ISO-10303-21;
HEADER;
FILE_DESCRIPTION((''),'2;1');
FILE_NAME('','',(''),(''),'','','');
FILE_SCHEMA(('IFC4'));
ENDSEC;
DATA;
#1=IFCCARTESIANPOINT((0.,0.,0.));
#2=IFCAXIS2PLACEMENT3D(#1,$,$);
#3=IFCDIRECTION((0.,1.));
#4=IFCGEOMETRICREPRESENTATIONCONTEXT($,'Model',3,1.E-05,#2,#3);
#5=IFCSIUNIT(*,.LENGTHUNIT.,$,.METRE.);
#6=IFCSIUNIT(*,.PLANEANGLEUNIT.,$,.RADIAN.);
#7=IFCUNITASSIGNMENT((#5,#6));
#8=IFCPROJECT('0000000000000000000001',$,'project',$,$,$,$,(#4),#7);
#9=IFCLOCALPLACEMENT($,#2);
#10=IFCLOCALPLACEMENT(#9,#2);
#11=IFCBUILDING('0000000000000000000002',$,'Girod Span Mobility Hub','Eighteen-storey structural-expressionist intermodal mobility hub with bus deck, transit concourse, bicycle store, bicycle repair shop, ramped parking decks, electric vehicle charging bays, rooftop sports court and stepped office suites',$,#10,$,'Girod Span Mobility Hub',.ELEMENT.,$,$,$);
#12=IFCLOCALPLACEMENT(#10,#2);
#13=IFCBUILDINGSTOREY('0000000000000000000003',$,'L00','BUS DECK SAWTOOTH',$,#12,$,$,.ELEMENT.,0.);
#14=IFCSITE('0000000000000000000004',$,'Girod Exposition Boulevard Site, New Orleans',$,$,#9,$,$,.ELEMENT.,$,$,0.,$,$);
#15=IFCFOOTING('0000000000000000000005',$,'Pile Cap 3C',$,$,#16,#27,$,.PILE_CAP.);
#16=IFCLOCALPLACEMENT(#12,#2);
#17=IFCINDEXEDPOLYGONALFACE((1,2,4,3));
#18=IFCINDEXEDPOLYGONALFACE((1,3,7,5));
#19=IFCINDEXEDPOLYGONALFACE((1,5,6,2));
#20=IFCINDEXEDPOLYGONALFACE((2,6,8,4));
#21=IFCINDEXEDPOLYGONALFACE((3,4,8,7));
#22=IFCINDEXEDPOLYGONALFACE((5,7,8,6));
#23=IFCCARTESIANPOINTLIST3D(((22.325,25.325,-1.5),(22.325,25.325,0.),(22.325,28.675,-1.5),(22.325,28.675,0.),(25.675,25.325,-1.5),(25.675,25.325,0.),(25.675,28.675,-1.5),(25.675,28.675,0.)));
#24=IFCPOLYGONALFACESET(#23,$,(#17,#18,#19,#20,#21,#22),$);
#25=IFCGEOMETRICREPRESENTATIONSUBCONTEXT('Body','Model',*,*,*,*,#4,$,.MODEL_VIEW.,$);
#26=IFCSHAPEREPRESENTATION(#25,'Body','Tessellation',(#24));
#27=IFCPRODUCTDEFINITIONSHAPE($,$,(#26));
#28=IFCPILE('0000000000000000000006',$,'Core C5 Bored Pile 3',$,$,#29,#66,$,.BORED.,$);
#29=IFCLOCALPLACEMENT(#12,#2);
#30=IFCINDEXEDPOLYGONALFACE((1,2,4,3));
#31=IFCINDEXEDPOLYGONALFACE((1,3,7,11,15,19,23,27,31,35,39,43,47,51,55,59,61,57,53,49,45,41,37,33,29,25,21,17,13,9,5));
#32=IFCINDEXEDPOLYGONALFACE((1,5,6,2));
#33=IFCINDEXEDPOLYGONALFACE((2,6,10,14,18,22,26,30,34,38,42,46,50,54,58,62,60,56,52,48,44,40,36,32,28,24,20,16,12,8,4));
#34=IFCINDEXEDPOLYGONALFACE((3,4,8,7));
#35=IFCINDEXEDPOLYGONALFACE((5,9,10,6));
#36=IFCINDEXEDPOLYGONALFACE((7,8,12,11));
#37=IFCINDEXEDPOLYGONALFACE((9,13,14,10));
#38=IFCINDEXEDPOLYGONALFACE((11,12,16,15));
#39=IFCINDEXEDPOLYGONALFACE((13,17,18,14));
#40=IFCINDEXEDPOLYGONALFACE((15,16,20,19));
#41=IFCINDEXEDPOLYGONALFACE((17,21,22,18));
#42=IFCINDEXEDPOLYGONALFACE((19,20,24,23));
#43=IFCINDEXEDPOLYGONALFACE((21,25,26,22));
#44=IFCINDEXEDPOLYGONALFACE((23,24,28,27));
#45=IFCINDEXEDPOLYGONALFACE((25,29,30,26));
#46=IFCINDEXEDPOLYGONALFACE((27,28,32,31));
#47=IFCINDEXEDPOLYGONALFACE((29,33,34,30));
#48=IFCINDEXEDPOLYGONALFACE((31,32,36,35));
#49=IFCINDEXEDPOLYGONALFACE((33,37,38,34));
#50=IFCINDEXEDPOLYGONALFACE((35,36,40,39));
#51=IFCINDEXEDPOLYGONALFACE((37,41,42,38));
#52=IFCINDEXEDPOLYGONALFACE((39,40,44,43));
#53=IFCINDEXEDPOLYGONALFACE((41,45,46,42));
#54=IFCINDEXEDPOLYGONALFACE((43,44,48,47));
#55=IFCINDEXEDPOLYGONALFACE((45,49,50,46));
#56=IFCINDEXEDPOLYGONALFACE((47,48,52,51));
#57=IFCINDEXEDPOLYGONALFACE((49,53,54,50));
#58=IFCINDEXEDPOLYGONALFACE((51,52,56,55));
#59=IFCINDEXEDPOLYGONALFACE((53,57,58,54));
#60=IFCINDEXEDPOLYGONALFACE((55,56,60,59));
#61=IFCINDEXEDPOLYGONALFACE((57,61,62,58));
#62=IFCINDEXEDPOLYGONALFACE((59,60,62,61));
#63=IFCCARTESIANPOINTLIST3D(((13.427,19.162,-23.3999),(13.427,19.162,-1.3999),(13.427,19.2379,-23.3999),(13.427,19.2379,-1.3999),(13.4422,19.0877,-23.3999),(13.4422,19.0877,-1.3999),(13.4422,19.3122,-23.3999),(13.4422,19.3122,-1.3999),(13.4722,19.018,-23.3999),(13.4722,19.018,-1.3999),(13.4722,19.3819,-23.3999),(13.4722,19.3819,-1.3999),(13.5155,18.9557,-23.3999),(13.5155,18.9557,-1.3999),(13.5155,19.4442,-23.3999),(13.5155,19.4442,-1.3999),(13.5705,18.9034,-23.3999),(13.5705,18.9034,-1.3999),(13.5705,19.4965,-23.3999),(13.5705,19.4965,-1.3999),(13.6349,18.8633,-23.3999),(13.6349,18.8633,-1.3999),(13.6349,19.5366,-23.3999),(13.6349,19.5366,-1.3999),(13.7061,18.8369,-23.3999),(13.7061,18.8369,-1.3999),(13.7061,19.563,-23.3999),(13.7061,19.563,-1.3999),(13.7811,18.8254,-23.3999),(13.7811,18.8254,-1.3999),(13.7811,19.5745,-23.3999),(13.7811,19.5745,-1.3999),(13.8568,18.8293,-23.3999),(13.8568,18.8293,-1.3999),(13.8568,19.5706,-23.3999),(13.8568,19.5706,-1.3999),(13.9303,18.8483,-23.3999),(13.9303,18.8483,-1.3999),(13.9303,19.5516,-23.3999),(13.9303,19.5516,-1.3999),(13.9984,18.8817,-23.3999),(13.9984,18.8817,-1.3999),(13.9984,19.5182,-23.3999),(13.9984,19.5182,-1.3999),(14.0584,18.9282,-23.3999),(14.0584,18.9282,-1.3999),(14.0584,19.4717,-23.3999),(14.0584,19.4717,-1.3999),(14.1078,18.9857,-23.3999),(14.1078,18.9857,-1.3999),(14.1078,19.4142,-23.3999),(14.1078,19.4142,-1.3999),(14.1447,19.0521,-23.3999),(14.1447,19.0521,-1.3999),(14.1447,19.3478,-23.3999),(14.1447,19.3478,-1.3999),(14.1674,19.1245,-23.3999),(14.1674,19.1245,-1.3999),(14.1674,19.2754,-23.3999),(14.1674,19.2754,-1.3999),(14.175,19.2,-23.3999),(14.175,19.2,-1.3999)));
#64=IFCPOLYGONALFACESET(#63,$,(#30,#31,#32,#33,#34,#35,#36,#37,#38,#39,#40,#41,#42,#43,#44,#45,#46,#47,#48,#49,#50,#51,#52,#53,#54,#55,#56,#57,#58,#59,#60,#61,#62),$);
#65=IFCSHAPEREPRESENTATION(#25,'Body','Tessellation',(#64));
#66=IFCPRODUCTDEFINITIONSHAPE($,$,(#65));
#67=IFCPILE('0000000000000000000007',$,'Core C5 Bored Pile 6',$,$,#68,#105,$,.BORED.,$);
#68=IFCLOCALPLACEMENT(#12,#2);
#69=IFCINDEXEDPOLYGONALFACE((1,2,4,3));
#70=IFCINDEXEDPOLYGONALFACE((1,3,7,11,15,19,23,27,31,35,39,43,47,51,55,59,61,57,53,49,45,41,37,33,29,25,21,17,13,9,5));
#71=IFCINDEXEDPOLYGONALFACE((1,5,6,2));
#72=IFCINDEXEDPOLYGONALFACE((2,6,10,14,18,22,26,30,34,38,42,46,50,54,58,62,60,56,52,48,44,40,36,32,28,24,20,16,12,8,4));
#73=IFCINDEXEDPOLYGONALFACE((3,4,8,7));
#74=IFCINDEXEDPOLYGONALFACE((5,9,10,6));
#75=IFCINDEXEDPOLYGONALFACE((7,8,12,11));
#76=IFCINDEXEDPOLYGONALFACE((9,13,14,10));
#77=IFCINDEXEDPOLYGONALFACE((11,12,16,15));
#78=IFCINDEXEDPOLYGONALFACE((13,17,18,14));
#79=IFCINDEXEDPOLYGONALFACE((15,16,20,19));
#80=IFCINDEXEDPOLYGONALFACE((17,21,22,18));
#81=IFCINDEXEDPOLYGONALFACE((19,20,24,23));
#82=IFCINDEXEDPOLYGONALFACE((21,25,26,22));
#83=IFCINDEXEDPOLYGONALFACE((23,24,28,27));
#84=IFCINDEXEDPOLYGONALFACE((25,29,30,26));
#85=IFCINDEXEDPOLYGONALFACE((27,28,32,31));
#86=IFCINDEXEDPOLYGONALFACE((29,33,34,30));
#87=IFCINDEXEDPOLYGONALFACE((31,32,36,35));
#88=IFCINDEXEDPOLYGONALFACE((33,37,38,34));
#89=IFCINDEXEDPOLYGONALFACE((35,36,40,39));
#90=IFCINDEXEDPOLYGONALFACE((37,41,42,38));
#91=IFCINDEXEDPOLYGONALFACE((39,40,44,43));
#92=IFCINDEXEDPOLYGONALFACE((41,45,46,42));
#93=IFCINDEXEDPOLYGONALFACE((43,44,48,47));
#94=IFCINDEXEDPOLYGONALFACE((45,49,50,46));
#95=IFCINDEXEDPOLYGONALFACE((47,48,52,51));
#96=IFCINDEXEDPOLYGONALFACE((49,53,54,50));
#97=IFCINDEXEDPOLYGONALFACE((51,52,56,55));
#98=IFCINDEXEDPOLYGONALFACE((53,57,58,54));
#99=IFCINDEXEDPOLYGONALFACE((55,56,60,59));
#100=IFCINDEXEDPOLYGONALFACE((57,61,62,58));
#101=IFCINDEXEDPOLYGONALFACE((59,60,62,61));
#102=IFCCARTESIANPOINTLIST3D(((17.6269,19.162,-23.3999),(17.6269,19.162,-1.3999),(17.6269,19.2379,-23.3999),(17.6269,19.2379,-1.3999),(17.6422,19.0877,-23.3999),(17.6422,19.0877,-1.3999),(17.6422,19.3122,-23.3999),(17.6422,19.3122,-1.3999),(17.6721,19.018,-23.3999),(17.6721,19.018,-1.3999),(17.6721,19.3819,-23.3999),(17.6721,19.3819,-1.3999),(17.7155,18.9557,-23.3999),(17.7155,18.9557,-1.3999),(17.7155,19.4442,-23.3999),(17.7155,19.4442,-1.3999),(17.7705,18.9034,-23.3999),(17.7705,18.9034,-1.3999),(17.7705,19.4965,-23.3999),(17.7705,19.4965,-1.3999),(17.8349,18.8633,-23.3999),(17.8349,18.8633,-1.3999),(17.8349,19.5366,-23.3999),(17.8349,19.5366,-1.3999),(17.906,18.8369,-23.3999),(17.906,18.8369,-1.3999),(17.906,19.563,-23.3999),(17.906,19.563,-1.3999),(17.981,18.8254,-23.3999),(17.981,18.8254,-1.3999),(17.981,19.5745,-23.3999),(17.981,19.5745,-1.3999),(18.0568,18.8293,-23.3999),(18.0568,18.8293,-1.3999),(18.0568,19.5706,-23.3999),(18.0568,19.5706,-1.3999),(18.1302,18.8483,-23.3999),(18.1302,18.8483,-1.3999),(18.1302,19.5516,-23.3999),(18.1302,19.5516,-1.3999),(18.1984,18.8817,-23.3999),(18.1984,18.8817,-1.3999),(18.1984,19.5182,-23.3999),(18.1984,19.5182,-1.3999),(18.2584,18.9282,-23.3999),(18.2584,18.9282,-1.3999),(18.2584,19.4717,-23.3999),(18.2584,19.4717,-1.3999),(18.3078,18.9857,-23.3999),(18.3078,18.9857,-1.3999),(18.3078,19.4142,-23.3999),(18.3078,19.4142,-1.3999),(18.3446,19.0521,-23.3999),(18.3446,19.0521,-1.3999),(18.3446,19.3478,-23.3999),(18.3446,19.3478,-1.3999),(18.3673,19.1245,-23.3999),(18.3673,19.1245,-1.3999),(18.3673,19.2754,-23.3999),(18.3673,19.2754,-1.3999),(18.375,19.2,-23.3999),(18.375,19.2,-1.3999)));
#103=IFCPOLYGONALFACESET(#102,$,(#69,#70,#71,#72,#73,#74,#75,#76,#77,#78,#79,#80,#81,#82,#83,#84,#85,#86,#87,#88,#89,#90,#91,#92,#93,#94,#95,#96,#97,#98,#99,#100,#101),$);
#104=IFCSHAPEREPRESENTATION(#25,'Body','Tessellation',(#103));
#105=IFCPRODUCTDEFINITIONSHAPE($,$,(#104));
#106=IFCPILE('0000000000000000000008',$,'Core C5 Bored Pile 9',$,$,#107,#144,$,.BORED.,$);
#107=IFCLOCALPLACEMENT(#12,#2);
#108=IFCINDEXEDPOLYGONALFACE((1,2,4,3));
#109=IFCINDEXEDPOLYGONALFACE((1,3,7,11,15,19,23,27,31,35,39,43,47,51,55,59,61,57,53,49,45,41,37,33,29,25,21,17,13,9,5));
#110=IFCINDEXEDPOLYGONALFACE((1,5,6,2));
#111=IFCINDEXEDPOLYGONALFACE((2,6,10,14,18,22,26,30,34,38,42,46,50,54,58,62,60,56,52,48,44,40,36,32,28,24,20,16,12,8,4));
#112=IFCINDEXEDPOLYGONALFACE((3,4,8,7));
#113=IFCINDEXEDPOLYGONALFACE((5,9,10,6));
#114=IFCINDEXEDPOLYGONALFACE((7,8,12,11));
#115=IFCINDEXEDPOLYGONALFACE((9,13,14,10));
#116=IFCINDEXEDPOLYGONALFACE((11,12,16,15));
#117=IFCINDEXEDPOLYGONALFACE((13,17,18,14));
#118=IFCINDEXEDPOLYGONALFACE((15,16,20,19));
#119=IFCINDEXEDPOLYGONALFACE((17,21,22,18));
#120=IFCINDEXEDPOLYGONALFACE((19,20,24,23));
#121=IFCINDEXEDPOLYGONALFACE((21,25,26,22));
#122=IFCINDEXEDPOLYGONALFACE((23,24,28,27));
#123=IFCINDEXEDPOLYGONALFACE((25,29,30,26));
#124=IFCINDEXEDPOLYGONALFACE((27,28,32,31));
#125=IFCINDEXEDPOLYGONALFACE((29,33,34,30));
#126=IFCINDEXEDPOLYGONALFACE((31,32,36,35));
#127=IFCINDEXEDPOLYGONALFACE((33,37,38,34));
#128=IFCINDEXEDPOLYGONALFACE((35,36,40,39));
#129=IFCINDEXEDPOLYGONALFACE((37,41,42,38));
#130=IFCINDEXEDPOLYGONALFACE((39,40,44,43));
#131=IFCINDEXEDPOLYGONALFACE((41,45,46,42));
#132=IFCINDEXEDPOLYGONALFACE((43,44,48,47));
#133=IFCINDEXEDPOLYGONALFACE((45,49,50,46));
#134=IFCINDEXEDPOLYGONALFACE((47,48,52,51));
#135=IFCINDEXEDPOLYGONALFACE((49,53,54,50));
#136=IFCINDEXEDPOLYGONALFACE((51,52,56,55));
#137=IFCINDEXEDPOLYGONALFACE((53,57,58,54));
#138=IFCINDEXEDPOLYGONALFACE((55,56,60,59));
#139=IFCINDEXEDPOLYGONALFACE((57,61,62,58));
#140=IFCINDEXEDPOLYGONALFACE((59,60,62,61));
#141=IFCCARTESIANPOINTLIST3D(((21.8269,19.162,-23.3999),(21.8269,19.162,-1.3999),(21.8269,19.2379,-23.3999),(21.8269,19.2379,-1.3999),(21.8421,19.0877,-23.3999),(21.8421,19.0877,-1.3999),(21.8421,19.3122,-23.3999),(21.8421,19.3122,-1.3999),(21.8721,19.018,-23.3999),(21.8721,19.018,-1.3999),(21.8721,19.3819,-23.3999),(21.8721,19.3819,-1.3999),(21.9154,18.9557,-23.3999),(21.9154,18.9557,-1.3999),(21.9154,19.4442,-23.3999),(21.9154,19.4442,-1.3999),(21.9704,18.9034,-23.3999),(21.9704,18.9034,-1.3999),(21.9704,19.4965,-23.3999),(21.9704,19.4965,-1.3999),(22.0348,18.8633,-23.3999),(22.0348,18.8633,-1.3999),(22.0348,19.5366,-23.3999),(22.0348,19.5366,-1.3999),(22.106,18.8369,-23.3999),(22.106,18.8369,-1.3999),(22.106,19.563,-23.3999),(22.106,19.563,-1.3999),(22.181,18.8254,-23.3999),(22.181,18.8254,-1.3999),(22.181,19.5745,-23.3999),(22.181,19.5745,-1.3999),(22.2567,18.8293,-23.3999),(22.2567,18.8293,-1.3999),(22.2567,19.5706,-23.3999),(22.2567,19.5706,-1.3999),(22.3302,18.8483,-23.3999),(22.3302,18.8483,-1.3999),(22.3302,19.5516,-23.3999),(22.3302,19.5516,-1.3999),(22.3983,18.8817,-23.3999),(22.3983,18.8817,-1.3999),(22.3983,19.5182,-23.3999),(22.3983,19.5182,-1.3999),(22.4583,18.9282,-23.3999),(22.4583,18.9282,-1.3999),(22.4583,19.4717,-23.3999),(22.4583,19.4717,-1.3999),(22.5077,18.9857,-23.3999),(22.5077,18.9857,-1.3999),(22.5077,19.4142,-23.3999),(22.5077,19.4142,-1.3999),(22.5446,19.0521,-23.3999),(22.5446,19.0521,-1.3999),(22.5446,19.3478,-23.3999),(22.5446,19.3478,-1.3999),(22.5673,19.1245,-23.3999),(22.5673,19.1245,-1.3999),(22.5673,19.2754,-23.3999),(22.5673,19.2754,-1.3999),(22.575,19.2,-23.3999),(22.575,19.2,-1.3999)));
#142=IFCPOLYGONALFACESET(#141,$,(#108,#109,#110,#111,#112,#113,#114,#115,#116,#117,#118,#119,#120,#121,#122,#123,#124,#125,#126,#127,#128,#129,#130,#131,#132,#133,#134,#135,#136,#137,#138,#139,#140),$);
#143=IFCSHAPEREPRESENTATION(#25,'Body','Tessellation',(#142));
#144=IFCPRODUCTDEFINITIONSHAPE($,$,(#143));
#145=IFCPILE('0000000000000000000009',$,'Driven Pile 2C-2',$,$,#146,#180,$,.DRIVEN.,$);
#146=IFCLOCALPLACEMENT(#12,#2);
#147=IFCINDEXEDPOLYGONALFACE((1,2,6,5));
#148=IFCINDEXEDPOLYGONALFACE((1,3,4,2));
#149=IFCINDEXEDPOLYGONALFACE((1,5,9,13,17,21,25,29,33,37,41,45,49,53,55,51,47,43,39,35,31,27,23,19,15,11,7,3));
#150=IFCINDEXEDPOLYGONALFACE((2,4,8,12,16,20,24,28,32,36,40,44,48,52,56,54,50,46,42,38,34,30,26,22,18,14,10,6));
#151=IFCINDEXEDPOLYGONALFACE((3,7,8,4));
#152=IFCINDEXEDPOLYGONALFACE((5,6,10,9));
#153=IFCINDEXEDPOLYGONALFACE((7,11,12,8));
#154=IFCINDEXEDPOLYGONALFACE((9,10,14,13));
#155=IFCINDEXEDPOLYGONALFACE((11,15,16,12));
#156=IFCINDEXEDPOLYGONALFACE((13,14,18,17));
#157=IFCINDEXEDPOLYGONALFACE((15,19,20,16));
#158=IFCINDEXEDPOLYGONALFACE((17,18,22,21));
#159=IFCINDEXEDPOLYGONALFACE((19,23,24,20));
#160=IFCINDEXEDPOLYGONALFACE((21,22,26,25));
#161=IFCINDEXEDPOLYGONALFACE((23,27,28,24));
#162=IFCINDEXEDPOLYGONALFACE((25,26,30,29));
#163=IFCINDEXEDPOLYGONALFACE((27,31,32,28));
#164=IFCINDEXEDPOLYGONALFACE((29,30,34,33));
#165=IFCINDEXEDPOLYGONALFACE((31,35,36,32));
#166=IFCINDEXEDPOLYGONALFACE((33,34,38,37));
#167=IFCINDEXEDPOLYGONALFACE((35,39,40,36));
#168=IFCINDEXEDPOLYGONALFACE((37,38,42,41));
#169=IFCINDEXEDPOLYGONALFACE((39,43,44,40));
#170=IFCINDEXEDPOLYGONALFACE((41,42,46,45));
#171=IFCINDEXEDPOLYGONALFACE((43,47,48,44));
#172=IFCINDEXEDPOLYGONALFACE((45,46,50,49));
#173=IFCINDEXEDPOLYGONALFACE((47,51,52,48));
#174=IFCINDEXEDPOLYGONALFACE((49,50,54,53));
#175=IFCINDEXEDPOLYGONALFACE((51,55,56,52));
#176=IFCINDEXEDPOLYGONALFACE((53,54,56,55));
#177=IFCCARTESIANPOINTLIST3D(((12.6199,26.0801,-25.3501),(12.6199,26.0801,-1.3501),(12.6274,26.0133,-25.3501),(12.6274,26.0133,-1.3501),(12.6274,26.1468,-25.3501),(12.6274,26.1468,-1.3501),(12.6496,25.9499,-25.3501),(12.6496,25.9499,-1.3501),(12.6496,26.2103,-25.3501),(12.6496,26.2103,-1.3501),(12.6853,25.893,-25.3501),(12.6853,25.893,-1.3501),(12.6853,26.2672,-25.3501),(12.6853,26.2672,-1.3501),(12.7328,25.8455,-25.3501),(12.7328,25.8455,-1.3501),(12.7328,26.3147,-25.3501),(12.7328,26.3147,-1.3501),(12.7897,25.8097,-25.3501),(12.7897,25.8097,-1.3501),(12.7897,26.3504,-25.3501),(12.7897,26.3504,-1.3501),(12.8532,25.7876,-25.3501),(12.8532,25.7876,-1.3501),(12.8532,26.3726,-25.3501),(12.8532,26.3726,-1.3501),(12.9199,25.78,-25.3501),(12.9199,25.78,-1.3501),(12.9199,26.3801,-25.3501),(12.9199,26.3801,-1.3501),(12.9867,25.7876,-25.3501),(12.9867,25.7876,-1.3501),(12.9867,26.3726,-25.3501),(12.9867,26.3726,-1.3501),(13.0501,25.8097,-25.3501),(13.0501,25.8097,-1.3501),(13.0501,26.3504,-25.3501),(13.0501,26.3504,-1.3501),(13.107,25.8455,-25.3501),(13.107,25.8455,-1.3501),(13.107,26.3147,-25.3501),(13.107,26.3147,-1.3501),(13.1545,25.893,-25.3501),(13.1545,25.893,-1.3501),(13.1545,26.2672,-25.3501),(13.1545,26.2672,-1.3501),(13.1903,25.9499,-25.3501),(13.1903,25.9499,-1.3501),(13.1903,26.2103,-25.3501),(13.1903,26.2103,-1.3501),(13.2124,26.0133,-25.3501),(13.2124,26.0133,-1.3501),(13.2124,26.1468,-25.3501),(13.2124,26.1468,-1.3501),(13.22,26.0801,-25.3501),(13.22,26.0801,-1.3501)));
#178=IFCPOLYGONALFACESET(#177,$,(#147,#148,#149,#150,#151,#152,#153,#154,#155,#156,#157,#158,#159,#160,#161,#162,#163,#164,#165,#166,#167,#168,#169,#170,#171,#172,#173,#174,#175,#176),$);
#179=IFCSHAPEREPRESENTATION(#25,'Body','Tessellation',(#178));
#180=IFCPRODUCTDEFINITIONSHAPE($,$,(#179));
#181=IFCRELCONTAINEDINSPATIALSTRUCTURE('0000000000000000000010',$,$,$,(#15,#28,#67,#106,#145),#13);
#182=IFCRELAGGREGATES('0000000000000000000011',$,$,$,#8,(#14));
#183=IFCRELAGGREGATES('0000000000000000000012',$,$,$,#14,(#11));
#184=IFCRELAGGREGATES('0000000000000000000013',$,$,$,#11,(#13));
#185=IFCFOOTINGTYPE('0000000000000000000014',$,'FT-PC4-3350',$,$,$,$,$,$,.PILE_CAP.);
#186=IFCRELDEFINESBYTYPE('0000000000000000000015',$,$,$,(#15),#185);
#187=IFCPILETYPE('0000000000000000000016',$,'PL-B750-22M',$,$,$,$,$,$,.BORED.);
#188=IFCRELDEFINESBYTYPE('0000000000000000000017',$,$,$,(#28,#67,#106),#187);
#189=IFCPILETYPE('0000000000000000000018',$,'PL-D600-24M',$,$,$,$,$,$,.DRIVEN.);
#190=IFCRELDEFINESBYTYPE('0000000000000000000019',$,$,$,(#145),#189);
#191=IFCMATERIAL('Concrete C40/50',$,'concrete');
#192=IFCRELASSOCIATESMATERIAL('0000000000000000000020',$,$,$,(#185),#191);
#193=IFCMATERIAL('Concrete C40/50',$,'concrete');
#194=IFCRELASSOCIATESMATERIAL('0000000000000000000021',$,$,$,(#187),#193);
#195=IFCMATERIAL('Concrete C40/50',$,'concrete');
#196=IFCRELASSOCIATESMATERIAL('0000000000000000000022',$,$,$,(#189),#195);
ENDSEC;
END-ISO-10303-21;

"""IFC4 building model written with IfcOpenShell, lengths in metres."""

from ifc_helpers import new_model, si_unit, direction, frame, origin, origin_2d, place, context, subcontext, project, spatial, rectangle, circle, extrude, material, material_profile, profile_set, type_object, element, save


model = new_model("IFC4")

# Units and contexts
model_context = context("Model", 3, precision=1e-05, world=origin(), true_north=direction((0.0, 1.0)))
body_context = subcontext(model_context, "Body", "Model", "MODEL_VIEW")
ifc_project = project(units=[si_unit("LENGTHUNIT", "METRE"), si_unit("PLANEANGLEUNIT", "RADIAN")], contexts=[model_context])

# Site, building, storey
site_placement = place(None, origin())
site = spatial("IfcSite", under=ifc_project, at=site_placement, Name="Girod Exposition Boulevard Site, New Orleans", CompositionType="ELEMENT", RefElevation=0.0)
building_placement = place(site_placement, origin())
building = spatial("IfcBuilding", under=site, at=building_placement, Name="Girod Span Mobility Hub", Description="Eighteen-storey structural-expressionist intermodal mobility hub with bus deck, transit concourse, bicycle store, bicycle repair shop, ramped parking decks, electric vehicle charging bays, rooftop sports court and stepped office suites", LongName="Girod Span Mobility Hub", CompositionType="ELEMENT")
storey_placement = place(building_placement, origin())
storey = spatial("IfcBuildingStorey", under=building, at=storey_placement, Name="L00", Description="BUS DECK SAWTOOTH", CompositionType="ELEMENT", Elevation=0.0)

# Footing
ifc_material_1 = material(Name="Concrete C40/50", Category="concrete")
footing_type = type_object("IfcFootingType", Name="FT-PC4-3350", PredefinedType="PILE_CAP", material=ifc_material_1)
footing_placement = place(storey_placement, frame((24.0, 27.0, -1.5), z_axis=(0.0, 0.0, 1.0), x_axis=(1.0, 0.0, 0.0)))
element("IfcFooting", 1, at=footing_placement, inside=storey, type_object=footing_type, Name="Pile Cap 3C", PredefinedType="PILE_CAP", context=body_context, shape_type="SweptSolid", body=[
    extrude(rectangle(XDim=3.3501, YDim=3.3501, at=origin_2d()), origin(), (0.0, 0.0, 1.0), 1.5),
])

# Piles
ifc_material_2 = material(Name="Concrete C40/50", Category="concrete")
ifc_material_profile_1 = material_profile(ifc_material_2, circle(Radius=0.375, at=origin_2d()), Name="PILE-D750")
ifc_profile_set_1 = profile_set([ifc_material_profile_1], Name="Concrete C40/50")
pile_type_1 = type_object("IfcPileType", Name="PL-B750-22M", PredefinedType="BORED", material=ifc_profile_set_1)
for number, where, z_axis, x_axis, name in (
    (2, (13.8, 19.2, -1.3999), (0.0, 0.0, -1.0), (1.0, 0.0, 0.0), "Core C5 Bored Pile 3"),
    (3, (18.0, 19.2, -1.3999), (0.0, 0.0, -1.0), (1.0, 0.0, 0.0), "Core C5 Bored Pile 6"),
    (4, (22.2, 19.2, -1.3999), (0.0, 0.0, -1.0), (1.0, 0.0, 0.0), "Core C5 Bored Pile 9"),
):
    element("IfcPile", number, at=place(storey_placement, frame(where, z_axis=z_axis, x_axis=x_axis)), inside=storey, type_object=pile_type_1, Name=name, PredefinedType="BORED", context=body_context, shape_type="SweptSolid", body=[
        extrude(circle(Radius=0.375, at=origin_2d()), origin(), (0.0, 0.0, 1.0), 22.0),
    ])
ifc_material_3 = material(Name="Concrete C40/50", Category="concrete")
ifc_material_profile_2 = material_profile(ifc_material_3, circle(Radius=0.3, at=origin_2d()), Name="PILE-D600")
ifc_profile_set_2 = profile_set([ifc_material_profile_2], Name="Concrete C40/50")
pile_type_2 = type_object("IfcPileType", Name="PL-D600-24M", PredefinedType="DRIVEN", material=ifc_profile_set_2)
for number, where, z_axis, x_axis, name in (
    (5, (12.9199, 26.0801, -1.3501), (0.0, 0.0, -1.0), (1.0, 0.0, 0.0), "Driven Pile 2C-2"),
):
    element("IfcPile", number, at=place(storey_placement, frame(where, z_axis=z_axis, x_axis=x_axis)), inside=storey, type_object=pile_type_2, Name=name, PredefinedType="DRIVEN", context=body_context, shape_type="SweptSolid", body=[
        extrude(circle(Radius=0.3, at=origin_2d()), origin(), (0.0, 0.0, 1.0), 24.0),
    ])

save(model, "model.ifc")
